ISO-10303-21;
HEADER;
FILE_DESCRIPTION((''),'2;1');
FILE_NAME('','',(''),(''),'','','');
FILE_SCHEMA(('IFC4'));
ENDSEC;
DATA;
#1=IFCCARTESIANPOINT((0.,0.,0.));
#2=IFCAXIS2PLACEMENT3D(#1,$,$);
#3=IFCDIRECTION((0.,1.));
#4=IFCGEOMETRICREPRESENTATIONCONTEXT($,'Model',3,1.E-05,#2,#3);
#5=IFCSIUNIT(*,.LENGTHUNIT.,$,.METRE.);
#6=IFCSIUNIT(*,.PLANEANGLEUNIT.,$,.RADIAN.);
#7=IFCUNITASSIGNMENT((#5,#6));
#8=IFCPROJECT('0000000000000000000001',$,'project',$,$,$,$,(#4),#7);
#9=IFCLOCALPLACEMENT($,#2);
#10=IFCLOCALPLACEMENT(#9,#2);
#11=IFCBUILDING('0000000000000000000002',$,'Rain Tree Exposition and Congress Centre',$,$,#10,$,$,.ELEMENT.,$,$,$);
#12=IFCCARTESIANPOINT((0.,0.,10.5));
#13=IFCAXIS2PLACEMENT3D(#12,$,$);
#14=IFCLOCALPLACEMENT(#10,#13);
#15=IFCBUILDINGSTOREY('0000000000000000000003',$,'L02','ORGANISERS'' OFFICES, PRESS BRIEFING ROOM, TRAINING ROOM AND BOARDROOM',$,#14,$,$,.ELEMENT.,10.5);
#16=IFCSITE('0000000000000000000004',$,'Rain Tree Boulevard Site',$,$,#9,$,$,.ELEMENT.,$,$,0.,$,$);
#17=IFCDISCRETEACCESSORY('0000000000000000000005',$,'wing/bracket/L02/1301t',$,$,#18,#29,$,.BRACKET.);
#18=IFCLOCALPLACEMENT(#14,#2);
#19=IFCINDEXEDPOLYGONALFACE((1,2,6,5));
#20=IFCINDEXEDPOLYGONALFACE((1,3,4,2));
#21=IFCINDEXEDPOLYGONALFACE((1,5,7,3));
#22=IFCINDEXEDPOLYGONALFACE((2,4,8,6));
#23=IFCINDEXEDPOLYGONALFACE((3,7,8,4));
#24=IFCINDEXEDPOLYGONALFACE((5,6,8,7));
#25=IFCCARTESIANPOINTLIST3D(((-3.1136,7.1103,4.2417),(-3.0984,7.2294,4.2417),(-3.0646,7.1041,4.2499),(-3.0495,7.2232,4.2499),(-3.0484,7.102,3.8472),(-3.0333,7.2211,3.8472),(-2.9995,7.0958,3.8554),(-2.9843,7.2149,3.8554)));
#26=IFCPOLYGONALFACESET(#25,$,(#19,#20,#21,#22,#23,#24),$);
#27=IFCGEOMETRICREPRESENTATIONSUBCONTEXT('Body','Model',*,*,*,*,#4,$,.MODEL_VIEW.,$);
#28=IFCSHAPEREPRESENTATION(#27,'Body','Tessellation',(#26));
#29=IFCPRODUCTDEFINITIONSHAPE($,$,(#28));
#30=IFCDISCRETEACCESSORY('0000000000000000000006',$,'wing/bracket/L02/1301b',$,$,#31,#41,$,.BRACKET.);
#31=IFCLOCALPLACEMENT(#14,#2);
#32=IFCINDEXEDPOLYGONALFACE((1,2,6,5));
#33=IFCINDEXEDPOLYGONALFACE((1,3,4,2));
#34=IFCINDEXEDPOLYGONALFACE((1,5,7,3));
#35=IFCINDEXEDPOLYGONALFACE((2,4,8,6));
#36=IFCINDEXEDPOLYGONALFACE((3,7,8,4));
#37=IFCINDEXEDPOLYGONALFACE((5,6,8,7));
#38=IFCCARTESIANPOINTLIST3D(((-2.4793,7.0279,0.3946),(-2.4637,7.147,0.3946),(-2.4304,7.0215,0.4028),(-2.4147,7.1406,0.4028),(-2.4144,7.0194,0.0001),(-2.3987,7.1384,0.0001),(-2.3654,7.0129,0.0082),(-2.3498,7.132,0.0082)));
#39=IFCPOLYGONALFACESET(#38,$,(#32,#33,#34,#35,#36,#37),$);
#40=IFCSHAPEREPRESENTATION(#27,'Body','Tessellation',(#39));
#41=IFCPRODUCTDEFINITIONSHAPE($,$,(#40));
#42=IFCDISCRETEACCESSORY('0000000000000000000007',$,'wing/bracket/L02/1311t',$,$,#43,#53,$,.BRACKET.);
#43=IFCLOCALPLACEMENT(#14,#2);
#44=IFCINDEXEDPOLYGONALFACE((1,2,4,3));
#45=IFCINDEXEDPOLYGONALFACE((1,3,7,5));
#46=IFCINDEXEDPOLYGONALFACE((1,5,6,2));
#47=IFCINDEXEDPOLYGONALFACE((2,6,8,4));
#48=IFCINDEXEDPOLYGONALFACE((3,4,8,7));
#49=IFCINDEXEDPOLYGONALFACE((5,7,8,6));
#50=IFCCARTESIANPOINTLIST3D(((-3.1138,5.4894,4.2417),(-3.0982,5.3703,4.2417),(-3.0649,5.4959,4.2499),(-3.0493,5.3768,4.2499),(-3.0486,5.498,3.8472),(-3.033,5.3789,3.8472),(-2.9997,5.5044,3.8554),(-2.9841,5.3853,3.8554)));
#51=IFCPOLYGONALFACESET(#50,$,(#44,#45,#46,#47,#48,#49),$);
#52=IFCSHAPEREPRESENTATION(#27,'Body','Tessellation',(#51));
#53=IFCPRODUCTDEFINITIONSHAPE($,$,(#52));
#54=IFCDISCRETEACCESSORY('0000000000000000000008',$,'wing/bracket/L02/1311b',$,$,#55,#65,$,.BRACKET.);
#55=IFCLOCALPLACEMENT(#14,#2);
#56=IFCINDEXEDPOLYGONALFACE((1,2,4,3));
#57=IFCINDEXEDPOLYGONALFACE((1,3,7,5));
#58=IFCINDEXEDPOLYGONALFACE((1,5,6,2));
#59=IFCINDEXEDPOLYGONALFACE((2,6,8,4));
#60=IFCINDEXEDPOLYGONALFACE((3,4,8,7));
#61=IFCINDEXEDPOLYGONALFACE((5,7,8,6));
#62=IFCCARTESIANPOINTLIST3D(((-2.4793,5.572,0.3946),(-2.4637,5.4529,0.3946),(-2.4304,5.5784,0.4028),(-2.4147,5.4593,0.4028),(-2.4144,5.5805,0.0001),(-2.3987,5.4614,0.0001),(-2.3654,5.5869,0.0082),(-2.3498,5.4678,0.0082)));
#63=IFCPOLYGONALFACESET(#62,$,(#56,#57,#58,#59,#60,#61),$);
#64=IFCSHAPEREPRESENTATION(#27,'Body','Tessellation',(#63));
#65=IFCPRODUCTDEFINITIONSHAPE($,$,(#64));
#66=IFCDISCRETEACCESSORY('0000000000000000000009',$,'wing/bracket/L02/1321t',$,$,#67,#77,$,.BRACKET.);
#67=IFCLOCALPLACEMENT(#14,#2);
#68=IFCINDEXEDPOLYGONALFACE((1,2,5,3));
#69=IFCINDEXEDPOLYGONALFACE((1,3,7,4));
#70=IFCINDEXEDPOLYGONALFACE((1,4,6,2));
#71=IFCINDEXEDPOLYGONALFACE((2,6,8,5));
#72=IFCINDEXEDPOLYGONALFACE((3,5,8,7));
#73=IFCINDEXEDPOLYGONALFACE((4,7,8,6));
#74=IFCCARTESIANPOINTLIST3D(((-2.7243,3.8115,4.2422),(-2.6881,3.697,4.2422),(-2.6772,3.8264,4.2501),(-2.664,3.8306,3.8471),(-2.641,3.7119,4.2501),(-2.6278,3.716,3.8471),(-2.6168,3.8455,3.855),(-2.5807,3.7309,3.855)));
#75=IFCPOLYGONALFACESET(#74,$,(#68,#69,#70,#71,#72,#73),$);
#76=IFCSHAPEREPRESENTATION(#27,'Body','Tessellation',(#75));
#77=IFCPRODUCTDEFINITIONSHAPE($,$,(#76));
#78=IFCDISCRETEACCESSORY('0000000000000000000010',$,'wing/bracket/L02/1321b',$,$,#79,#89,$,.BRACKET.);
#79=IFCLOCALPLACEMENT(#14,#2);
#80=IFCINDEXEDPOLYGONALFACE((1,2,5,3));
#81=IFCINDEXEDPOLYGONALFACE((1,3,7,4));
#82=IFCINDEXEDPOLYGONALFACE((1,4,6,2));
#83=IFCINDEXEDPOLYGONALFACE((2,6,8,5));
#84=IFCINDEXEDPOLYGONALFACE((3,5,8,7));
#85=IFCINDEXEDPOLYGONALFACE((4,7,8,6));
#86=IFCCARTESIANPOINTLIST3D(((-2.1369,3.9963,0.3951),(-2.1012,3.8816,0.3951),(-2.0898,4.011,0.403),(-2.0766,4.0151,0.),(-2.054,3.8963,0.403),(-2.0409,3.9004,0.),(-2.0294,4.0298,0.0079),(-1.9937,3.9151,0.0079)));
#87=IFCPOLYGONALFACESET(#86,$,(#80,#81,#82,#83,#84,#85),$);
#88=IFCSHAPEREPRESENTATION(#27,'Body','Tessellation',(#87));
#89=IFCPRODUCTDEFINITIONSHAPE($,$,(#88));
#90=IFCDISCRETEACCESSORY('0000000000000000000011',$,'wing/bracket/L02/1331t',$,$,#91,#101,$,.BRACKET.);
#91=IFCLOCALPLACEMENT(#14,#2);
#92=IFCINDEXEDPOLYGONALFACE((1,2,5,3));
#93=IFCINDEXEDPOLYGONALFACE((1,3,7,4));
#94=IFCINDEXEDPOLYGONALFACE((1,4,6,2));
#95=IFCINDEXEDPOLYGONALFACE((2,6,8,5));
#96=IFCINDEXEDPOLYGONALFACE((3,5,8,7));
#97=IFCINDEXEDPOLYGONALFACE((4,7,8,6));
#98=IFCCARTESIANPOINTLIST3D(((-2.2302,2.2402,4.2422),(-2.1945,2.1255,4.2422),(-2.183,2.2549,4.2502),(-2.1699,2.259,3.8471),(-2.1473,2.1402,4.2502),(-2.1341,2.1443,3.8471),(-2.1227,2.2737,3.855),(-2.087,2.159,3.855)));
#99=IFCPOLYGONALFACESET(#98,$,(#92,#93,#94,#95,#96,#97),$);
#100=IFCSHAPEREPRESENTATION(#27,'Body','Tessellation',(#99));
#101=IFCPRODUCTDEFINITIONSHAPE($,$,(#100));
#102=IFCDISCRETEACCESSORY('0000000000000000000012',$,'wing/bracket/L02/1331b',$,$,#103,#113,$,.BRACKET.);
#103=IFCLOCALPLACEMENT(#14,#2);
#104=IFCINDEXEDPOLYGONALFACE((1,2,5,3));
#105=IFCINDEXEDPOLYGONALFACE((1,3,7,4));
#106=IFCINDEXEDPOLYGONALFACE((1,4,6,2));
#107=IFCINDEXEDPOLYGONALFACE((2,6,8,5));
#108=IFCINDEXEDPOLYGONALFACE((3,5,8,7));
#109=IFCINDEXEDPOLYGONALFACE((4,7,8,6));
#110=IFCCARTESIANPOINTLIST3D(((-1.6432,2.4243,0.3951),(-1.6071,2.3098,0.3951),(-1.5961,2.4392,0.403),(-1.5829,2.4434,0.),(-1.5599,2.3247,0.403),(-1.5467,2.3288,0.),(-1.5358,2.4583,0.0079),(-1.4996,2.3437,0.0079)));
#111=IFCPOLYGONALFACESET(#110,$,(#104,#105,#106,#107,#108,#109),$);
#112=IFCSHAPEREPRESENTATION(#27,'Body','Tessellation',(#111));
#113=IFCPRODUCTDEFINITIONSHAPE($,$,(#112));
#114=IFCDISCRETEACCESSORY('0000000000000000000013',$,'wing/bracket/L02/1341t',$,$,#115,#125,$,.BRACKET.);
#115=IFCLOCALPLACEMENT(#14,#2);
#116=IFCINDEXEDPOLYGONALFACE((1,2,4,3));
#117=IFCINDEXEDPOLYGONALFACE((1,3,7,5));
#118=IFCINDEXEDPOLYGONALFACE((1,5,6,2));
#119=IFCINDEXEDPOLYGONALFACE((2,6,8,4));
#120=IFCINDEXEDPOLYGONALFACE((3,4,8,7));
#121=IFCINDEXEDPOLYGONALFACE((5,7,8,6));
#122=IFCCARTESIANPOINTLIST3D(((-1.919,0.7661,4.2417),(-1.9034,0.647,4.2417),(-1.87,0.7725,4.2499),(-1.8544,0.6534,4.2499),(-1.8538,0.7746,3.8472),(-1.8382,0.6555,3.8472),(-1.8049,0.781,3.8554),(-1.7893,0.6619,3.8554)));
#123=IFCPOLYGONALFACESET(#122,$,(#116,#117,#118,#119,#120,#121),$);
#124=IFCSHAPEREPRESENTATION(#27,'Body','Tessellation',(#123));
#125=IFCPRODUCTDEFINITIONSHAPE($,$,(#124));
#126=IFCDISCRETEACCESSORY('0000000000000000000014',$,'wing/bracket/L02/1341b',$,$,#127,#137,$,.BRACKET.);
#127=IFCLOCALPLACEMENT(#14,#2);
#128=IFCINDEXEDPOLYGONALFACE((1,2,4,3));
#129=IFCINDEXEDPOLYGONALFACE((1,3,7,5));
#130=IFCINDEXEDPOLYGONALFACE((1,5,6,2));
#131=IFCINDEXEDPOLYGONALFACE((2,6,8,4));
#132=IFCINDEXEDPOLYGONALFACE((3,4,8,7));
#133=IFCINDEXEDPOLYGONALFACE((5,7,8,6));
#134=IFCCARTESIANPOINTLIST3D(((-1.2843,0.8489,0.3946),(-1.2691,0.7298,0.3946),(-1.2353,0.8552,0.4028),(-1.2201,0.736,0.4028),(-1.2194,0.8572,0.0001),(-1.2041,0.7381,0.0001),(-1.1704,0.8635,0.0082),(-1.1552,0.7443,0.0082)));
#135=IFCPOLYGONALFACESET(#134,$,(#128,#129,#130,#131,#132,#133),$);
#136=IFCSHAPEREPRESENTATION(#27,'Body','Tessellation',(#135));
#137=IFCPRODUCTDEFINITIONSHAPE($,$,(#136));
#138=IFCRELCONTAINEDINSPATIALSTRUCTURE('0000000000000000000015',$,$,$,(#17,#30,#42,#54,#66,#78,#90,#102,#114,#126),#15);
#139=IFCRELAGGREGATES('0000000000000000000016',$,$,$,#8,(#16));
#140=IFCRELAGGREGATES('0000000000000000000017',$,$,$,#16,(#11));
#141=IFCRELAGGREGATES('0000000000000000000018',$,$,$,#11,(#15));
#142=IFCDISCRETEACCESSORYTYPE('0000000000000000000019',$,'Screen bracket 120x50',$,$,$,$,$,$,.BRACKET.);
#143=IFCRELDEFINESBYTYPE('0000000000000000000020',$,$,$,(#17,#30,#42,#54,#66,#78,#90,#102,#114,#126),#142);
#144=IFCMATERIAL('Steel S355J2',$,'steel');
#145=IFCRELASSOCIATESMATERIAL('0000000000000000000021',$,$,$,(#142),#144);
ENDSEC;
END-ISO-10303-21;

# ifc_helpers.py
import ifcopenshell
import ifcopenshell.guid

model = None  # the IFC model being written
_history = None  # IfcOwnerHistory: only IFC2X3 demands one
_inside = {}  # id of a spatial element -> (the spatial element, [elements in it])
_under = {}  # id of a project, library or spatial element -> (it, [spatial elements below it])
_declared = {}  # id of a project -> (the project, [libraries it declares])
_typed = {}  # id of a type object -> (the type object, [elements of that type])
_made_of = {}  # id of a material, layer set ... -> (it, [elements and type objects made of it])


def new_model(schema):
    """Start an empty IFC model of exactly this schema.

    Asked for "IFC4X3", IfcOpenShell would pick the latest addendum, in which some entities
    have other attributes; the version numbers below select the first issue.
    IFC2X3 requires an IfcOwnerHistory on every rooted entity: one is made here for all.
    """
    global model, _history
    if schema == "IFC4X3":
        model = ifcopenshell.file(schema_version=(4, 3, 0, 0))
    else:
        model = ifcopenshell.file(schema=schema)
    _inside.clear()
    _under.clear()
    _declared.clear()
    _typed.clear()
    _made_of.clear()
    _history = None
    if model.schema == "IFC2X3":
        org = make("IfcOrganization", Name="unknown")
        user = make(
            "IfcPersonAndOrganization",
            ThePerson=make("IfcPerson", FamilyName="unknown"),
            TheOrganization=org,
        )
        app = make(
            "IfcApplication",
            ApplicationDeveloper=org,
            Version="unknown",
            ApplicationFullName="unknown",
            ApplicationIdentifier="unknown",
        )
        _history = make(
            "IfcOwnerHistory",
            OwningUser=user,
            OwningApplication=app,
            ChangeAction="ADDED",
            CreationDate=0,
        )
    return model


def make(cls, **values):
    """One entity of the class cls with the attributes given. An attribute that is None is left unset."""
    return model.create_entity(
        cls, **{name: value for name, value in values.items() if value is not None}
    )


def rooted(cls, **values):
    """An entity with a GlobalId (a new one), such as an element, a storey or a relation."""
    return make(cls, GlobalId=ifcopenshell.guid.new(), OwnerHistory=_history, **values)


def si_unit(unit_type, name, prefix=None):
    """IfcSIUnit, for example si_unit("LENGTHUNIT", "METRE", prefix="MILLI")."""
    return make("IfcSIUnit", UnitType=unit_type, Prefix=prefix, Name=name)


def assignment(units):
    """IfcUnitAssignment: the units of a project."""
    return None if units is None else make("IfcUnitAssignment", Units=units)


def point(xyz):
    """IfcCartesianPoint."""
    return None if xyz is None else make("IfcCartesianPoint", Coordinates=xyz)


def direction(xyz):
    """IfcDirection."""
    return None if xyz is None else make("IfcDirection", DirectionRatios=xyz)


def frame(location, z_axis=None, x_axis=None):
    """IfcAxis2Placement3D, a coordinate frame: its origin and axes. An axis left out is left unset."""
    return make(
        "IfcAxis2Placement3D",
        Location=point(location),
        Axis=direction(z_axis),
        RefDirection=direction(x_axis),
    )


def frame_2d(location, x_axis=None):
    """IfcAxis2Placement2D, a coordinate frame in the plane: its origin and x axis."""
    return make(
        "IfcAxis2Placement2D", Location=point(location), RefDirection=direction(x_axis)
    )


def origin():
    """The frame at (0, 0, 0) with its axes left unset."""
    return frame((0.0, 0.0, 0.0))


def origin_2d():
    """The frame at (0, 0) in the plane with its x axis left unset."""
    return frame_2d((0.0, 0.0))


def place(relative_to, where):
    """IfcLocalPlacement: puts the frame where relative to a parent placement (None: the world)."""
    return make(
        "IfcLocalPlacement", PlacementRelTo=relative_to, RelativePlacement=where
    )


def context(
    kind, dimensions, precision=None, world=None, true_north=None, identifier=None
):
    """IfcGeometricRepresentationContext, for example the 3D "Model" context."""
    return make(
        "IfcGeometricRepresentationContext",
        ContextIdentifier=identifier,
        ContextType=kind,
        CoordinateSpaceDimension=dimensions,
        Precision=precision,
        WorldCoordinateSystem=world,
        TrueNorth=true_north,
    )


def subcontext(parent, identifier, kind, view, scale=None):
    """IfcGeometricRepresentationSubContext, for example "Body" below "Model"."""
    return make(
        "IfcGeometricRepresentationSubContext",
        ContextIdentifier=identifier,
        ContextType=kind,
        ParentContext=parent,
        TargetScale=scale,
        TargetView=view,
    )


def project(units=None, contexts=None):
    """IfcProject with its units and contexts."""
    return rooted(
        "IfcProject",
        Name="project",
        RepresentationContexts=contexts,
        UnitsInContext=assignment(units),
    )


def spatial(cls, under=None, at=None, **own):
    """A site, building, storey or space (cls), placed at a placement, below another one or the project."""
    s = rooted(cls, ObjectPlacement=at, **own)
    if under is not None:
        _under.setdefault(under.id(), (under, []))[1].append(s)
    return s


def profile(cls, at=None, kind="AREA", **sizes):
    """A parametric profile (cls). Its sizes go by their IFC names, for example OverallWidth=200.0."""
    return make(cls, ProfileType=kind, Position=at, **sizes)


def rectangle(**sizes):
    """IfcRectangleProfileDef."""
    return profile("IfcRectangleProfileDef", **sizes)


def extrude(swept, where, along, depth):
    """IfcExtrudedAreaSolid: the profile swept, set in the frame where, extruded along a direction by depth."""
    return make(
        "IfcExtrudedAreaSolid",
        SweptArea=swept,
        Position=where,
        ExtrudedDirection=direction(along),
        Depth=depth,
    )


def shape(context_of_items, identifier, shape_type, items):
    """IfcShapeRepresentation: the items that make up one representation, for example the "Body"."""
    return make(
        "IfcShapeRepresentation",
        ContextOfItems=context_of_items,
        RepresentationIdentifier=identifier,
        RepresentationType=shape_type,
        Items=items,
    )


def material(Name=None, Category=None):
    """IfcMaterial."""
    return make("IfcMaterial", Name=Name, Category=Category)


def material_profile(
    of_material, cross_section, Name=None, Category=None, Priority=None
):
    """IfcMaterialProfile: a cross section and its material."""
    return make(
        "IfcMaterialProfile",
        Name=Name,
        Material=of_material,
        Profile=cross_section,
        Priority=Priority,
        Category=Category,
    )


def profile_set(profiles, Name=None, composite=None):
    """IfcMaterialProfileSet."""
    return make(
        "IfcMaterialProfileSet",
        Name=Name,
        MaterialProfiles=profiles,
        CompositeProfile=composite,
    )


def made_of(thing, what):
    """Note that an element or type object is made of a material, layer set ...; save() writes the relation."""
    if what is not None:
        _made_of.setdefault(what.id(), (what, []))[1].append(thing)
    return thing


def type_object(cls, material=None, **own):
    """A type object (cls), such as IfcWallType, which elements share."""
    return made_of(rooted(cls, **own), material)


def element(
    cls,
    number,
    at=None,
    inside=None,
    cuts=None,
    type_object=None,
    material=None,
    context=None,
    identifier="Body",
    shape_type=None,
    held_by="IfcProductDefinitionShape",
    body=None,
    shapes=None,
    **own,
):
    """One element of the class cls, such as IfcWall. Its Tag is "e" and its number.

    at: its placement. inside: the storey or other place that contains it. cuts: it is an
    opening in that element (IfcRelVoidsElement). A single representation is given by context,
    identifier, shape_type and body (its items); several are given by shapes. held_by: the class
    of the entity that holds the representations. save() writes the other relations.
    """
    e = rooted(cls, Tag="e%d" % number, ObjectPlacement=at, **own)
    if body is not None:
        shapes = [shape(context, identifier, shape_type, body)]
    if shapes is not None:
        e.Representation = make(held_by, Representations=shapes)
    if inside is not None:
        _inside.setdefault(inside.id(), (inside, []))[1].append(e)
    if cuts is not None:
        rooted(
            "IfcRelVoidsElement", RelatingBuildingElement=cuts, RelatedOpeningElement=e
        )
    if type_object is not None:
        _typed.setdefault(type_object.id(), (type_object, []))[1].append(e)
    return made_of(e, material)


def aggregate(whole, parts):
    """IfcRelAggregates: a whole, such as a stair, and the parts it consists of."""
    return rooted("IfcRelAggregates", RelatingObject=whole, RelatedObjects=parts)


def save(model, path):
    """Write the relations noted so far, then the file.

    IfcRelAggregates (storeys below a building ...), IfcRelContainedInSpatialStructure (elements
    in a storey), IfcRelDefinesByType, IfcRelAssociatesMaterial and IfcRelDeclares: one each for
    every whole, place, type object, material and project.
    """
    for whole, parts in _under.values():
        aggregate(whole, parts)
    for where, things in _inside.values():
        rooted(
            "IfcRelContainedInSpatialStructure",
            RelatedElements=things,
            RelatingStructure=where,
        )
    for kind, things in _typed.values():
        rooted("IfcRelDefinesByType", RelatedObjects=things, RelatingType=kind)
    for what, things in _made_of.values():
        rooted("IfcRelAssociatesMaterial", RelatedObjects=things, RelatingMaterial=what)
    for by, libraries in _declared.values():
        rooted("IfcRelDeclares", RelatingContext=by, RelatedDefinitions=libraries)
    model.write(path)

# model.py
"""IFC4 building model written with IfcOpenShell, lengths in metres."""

from ifc_helpers import new_model, si_unit, direction, frame, origin, origin_2d, place, context, subcontext, project, spatial, rectangle, extrude, material, material_profile, profile_set, type_object, element, save


model = new_model("IFC4")

# Units and contexts
model_context = context("Model", 3, precision=1e-05, world=origin(), true_north=direction((0.0, 1.0)))
body_context = subcontext(model_context, "Body", "Model", "MODEL_VIEW")
ifc_project = project(units=[si_unit("LENGTHUNIT", "METRE"), si_unit("PLANEANGLEUNIT", "RADIAN")], contexts=[model_context])

# Site, building, storey
site_placement = place(None, origin())
site = spatial("IfcSite", under=ifc_project, at=site_placement, Name="Rain Tree Boulevard Site", CompositionType="ELEMENT", RefElevation=0.0)
building_placement = place(site_placement, origin())
building = spatial("IfcBuilding", under=site, at=building_placement, Name="Rain Tree Exposition and Congress Centre", CompositionType="ELEMENT")
storey_placement = place(building_placement, frame((0.0, 0.0, 10.5)))
storey = spatial("IfcBuildingStorey", under=building, at=storey_placement, Name="L02", Description="ORGANISERS' OFFICES, PRESS BRIEFING ROOM, TRAINING ROOM AND BOARDROOM", CompositionType="ELEMENT", Elevation=10.5)

# Discrete accessories
ifc_material_1 = material(Name="Steel S355J2", Category="steel")
ifc_material_profile_1 = material_profile(ifc_material_1, rectangle(XDim=0.1201, YDim=0.05, at=origin_2d()), Name="Flat bar 120x50")
ifc_profile_set_1 = profile_set([ifc_material_profile_1], Name="Steel S355J2")
discrete_accessory_type = type_object("IfcDiscreteAccessoryType", Name="Screen bracket 120x50", PredefinedType="BRACKET", material=ifc_profile_set_1)
for number, where, z_axis, x_axis, name in (
    (1, (-3.0164, 7.1584, 3.8513), (-0.162978, 0.020754, 0.986411), (-0.126321, -0.991989, 0.0), "wing/bracket/L02/1301t"),
    (2, (-2.3821, 7.0757, 0.0042), (-0.162381, 0.021366, 0.986497), (-0.130455, -0.991454, 0.0), "wing/bracket/L02/1301b"),
    (3, (-3.0164, 5.4417, 3.8513), (-0.162976, -0.021364, 0.986399), (0.129974, -0.991517, 0.0), "wing/bracket/L02/1311t"),
    (4, (-2.3821, 5.5242, 0.0042), (-0.162381, -0.021366, 0.986497), (0.130455, -0.991454, 0.0), "wing/bracket/L02/1311b"),
):
    element("IfcDiscreteAccessory", number, at=place(storey_placement, frame(where, z_axis=z_axis, x_axis=x_axis)), inside=storey, type_object=discrete_accessory_type, Name=name, PredefinedType="BRACKET", context=body_context, shape_type="SweptSolid", body=[
        extrude(rectangle(XDim=0.1201, YDim=0.05, at=origin_2d()), origin(), (0.0, 0.0, 1.0), 0.3999),
    ])
for number, where, z_axis, x_axis, name in (
    (5, (-2.6223, 3.7808, 3.8511), (-0.150738, -0.047602, 0.987427), (0.301131, -0.953583, 0.0), "wing/bracket/L02/1321t"),
    (6, (-2.0352, 3.9651, 0.0039), (-0.150743, -0.046993, 0.987456), (0.297615, -0.954686, 0.0), "wing/bracket/L02/1321b"),
    (7, (-2.1284, 2.209, 3.8511), (-0.150743, -0.046993, 0.987456), (0.297615, -0.954686, 0.0), "wing/bracket/L02/1331t"),
    (8, (-1.5413, 2.3936, 0.0039), (-0.150738, -0.047602, 0.987427), (0.301131, -0.953583, 0.0), "wing/bracket/L02/1331b"),
):
    element("IfcDiscreteAccessory", number, at=place(storey_placement, frame(where, z_axis=z_axis, x_axis=x_axis)), inside=storey, type_object=discrete_accessory_type, Name=name, PredefinedType="BRACKET", context=body_context, shape_type="SweptSolid", body=[
        extrude(rectangle(XDim=0.1201, YDim=0.05, at=origin_2d()), origin(), (0.0, 0.0, 1.0), 0.4001),
    ])
for number, where, z_axis, x_axis, name in (
    (9, (-1.8215, 0.7183, 3.8513), (-0.162976, -0.021364, 0.986399), (0.129974, -0.991517, 0.0), "wing/bracket/L02/1341t"),
    (10, (-1.1873, 0.8008, 0.0042), (-0.162383, -0.020756, 0.986509), (0.126788, -0.99193, 0.0), "wing/bracket/L02/1341b"),
):
    element("IfcDiscreteAccessory", number, at=place(storey_placement, frame(where, z_axis=z_axis, x_axis=x_axis)), inside=storey, type_object=discrete_accessory_type, Name=name, PredefinedType="BRACKET", context=body_context, shape_type="SweptSolid", body=[
        extrude(rectangle(XDim=0.1201, YDim=0.05, at=origin_2d()), origin(), (0.0, 0.0, 1.0), 0.3999),
    ])

save(model, "model.ifc")
